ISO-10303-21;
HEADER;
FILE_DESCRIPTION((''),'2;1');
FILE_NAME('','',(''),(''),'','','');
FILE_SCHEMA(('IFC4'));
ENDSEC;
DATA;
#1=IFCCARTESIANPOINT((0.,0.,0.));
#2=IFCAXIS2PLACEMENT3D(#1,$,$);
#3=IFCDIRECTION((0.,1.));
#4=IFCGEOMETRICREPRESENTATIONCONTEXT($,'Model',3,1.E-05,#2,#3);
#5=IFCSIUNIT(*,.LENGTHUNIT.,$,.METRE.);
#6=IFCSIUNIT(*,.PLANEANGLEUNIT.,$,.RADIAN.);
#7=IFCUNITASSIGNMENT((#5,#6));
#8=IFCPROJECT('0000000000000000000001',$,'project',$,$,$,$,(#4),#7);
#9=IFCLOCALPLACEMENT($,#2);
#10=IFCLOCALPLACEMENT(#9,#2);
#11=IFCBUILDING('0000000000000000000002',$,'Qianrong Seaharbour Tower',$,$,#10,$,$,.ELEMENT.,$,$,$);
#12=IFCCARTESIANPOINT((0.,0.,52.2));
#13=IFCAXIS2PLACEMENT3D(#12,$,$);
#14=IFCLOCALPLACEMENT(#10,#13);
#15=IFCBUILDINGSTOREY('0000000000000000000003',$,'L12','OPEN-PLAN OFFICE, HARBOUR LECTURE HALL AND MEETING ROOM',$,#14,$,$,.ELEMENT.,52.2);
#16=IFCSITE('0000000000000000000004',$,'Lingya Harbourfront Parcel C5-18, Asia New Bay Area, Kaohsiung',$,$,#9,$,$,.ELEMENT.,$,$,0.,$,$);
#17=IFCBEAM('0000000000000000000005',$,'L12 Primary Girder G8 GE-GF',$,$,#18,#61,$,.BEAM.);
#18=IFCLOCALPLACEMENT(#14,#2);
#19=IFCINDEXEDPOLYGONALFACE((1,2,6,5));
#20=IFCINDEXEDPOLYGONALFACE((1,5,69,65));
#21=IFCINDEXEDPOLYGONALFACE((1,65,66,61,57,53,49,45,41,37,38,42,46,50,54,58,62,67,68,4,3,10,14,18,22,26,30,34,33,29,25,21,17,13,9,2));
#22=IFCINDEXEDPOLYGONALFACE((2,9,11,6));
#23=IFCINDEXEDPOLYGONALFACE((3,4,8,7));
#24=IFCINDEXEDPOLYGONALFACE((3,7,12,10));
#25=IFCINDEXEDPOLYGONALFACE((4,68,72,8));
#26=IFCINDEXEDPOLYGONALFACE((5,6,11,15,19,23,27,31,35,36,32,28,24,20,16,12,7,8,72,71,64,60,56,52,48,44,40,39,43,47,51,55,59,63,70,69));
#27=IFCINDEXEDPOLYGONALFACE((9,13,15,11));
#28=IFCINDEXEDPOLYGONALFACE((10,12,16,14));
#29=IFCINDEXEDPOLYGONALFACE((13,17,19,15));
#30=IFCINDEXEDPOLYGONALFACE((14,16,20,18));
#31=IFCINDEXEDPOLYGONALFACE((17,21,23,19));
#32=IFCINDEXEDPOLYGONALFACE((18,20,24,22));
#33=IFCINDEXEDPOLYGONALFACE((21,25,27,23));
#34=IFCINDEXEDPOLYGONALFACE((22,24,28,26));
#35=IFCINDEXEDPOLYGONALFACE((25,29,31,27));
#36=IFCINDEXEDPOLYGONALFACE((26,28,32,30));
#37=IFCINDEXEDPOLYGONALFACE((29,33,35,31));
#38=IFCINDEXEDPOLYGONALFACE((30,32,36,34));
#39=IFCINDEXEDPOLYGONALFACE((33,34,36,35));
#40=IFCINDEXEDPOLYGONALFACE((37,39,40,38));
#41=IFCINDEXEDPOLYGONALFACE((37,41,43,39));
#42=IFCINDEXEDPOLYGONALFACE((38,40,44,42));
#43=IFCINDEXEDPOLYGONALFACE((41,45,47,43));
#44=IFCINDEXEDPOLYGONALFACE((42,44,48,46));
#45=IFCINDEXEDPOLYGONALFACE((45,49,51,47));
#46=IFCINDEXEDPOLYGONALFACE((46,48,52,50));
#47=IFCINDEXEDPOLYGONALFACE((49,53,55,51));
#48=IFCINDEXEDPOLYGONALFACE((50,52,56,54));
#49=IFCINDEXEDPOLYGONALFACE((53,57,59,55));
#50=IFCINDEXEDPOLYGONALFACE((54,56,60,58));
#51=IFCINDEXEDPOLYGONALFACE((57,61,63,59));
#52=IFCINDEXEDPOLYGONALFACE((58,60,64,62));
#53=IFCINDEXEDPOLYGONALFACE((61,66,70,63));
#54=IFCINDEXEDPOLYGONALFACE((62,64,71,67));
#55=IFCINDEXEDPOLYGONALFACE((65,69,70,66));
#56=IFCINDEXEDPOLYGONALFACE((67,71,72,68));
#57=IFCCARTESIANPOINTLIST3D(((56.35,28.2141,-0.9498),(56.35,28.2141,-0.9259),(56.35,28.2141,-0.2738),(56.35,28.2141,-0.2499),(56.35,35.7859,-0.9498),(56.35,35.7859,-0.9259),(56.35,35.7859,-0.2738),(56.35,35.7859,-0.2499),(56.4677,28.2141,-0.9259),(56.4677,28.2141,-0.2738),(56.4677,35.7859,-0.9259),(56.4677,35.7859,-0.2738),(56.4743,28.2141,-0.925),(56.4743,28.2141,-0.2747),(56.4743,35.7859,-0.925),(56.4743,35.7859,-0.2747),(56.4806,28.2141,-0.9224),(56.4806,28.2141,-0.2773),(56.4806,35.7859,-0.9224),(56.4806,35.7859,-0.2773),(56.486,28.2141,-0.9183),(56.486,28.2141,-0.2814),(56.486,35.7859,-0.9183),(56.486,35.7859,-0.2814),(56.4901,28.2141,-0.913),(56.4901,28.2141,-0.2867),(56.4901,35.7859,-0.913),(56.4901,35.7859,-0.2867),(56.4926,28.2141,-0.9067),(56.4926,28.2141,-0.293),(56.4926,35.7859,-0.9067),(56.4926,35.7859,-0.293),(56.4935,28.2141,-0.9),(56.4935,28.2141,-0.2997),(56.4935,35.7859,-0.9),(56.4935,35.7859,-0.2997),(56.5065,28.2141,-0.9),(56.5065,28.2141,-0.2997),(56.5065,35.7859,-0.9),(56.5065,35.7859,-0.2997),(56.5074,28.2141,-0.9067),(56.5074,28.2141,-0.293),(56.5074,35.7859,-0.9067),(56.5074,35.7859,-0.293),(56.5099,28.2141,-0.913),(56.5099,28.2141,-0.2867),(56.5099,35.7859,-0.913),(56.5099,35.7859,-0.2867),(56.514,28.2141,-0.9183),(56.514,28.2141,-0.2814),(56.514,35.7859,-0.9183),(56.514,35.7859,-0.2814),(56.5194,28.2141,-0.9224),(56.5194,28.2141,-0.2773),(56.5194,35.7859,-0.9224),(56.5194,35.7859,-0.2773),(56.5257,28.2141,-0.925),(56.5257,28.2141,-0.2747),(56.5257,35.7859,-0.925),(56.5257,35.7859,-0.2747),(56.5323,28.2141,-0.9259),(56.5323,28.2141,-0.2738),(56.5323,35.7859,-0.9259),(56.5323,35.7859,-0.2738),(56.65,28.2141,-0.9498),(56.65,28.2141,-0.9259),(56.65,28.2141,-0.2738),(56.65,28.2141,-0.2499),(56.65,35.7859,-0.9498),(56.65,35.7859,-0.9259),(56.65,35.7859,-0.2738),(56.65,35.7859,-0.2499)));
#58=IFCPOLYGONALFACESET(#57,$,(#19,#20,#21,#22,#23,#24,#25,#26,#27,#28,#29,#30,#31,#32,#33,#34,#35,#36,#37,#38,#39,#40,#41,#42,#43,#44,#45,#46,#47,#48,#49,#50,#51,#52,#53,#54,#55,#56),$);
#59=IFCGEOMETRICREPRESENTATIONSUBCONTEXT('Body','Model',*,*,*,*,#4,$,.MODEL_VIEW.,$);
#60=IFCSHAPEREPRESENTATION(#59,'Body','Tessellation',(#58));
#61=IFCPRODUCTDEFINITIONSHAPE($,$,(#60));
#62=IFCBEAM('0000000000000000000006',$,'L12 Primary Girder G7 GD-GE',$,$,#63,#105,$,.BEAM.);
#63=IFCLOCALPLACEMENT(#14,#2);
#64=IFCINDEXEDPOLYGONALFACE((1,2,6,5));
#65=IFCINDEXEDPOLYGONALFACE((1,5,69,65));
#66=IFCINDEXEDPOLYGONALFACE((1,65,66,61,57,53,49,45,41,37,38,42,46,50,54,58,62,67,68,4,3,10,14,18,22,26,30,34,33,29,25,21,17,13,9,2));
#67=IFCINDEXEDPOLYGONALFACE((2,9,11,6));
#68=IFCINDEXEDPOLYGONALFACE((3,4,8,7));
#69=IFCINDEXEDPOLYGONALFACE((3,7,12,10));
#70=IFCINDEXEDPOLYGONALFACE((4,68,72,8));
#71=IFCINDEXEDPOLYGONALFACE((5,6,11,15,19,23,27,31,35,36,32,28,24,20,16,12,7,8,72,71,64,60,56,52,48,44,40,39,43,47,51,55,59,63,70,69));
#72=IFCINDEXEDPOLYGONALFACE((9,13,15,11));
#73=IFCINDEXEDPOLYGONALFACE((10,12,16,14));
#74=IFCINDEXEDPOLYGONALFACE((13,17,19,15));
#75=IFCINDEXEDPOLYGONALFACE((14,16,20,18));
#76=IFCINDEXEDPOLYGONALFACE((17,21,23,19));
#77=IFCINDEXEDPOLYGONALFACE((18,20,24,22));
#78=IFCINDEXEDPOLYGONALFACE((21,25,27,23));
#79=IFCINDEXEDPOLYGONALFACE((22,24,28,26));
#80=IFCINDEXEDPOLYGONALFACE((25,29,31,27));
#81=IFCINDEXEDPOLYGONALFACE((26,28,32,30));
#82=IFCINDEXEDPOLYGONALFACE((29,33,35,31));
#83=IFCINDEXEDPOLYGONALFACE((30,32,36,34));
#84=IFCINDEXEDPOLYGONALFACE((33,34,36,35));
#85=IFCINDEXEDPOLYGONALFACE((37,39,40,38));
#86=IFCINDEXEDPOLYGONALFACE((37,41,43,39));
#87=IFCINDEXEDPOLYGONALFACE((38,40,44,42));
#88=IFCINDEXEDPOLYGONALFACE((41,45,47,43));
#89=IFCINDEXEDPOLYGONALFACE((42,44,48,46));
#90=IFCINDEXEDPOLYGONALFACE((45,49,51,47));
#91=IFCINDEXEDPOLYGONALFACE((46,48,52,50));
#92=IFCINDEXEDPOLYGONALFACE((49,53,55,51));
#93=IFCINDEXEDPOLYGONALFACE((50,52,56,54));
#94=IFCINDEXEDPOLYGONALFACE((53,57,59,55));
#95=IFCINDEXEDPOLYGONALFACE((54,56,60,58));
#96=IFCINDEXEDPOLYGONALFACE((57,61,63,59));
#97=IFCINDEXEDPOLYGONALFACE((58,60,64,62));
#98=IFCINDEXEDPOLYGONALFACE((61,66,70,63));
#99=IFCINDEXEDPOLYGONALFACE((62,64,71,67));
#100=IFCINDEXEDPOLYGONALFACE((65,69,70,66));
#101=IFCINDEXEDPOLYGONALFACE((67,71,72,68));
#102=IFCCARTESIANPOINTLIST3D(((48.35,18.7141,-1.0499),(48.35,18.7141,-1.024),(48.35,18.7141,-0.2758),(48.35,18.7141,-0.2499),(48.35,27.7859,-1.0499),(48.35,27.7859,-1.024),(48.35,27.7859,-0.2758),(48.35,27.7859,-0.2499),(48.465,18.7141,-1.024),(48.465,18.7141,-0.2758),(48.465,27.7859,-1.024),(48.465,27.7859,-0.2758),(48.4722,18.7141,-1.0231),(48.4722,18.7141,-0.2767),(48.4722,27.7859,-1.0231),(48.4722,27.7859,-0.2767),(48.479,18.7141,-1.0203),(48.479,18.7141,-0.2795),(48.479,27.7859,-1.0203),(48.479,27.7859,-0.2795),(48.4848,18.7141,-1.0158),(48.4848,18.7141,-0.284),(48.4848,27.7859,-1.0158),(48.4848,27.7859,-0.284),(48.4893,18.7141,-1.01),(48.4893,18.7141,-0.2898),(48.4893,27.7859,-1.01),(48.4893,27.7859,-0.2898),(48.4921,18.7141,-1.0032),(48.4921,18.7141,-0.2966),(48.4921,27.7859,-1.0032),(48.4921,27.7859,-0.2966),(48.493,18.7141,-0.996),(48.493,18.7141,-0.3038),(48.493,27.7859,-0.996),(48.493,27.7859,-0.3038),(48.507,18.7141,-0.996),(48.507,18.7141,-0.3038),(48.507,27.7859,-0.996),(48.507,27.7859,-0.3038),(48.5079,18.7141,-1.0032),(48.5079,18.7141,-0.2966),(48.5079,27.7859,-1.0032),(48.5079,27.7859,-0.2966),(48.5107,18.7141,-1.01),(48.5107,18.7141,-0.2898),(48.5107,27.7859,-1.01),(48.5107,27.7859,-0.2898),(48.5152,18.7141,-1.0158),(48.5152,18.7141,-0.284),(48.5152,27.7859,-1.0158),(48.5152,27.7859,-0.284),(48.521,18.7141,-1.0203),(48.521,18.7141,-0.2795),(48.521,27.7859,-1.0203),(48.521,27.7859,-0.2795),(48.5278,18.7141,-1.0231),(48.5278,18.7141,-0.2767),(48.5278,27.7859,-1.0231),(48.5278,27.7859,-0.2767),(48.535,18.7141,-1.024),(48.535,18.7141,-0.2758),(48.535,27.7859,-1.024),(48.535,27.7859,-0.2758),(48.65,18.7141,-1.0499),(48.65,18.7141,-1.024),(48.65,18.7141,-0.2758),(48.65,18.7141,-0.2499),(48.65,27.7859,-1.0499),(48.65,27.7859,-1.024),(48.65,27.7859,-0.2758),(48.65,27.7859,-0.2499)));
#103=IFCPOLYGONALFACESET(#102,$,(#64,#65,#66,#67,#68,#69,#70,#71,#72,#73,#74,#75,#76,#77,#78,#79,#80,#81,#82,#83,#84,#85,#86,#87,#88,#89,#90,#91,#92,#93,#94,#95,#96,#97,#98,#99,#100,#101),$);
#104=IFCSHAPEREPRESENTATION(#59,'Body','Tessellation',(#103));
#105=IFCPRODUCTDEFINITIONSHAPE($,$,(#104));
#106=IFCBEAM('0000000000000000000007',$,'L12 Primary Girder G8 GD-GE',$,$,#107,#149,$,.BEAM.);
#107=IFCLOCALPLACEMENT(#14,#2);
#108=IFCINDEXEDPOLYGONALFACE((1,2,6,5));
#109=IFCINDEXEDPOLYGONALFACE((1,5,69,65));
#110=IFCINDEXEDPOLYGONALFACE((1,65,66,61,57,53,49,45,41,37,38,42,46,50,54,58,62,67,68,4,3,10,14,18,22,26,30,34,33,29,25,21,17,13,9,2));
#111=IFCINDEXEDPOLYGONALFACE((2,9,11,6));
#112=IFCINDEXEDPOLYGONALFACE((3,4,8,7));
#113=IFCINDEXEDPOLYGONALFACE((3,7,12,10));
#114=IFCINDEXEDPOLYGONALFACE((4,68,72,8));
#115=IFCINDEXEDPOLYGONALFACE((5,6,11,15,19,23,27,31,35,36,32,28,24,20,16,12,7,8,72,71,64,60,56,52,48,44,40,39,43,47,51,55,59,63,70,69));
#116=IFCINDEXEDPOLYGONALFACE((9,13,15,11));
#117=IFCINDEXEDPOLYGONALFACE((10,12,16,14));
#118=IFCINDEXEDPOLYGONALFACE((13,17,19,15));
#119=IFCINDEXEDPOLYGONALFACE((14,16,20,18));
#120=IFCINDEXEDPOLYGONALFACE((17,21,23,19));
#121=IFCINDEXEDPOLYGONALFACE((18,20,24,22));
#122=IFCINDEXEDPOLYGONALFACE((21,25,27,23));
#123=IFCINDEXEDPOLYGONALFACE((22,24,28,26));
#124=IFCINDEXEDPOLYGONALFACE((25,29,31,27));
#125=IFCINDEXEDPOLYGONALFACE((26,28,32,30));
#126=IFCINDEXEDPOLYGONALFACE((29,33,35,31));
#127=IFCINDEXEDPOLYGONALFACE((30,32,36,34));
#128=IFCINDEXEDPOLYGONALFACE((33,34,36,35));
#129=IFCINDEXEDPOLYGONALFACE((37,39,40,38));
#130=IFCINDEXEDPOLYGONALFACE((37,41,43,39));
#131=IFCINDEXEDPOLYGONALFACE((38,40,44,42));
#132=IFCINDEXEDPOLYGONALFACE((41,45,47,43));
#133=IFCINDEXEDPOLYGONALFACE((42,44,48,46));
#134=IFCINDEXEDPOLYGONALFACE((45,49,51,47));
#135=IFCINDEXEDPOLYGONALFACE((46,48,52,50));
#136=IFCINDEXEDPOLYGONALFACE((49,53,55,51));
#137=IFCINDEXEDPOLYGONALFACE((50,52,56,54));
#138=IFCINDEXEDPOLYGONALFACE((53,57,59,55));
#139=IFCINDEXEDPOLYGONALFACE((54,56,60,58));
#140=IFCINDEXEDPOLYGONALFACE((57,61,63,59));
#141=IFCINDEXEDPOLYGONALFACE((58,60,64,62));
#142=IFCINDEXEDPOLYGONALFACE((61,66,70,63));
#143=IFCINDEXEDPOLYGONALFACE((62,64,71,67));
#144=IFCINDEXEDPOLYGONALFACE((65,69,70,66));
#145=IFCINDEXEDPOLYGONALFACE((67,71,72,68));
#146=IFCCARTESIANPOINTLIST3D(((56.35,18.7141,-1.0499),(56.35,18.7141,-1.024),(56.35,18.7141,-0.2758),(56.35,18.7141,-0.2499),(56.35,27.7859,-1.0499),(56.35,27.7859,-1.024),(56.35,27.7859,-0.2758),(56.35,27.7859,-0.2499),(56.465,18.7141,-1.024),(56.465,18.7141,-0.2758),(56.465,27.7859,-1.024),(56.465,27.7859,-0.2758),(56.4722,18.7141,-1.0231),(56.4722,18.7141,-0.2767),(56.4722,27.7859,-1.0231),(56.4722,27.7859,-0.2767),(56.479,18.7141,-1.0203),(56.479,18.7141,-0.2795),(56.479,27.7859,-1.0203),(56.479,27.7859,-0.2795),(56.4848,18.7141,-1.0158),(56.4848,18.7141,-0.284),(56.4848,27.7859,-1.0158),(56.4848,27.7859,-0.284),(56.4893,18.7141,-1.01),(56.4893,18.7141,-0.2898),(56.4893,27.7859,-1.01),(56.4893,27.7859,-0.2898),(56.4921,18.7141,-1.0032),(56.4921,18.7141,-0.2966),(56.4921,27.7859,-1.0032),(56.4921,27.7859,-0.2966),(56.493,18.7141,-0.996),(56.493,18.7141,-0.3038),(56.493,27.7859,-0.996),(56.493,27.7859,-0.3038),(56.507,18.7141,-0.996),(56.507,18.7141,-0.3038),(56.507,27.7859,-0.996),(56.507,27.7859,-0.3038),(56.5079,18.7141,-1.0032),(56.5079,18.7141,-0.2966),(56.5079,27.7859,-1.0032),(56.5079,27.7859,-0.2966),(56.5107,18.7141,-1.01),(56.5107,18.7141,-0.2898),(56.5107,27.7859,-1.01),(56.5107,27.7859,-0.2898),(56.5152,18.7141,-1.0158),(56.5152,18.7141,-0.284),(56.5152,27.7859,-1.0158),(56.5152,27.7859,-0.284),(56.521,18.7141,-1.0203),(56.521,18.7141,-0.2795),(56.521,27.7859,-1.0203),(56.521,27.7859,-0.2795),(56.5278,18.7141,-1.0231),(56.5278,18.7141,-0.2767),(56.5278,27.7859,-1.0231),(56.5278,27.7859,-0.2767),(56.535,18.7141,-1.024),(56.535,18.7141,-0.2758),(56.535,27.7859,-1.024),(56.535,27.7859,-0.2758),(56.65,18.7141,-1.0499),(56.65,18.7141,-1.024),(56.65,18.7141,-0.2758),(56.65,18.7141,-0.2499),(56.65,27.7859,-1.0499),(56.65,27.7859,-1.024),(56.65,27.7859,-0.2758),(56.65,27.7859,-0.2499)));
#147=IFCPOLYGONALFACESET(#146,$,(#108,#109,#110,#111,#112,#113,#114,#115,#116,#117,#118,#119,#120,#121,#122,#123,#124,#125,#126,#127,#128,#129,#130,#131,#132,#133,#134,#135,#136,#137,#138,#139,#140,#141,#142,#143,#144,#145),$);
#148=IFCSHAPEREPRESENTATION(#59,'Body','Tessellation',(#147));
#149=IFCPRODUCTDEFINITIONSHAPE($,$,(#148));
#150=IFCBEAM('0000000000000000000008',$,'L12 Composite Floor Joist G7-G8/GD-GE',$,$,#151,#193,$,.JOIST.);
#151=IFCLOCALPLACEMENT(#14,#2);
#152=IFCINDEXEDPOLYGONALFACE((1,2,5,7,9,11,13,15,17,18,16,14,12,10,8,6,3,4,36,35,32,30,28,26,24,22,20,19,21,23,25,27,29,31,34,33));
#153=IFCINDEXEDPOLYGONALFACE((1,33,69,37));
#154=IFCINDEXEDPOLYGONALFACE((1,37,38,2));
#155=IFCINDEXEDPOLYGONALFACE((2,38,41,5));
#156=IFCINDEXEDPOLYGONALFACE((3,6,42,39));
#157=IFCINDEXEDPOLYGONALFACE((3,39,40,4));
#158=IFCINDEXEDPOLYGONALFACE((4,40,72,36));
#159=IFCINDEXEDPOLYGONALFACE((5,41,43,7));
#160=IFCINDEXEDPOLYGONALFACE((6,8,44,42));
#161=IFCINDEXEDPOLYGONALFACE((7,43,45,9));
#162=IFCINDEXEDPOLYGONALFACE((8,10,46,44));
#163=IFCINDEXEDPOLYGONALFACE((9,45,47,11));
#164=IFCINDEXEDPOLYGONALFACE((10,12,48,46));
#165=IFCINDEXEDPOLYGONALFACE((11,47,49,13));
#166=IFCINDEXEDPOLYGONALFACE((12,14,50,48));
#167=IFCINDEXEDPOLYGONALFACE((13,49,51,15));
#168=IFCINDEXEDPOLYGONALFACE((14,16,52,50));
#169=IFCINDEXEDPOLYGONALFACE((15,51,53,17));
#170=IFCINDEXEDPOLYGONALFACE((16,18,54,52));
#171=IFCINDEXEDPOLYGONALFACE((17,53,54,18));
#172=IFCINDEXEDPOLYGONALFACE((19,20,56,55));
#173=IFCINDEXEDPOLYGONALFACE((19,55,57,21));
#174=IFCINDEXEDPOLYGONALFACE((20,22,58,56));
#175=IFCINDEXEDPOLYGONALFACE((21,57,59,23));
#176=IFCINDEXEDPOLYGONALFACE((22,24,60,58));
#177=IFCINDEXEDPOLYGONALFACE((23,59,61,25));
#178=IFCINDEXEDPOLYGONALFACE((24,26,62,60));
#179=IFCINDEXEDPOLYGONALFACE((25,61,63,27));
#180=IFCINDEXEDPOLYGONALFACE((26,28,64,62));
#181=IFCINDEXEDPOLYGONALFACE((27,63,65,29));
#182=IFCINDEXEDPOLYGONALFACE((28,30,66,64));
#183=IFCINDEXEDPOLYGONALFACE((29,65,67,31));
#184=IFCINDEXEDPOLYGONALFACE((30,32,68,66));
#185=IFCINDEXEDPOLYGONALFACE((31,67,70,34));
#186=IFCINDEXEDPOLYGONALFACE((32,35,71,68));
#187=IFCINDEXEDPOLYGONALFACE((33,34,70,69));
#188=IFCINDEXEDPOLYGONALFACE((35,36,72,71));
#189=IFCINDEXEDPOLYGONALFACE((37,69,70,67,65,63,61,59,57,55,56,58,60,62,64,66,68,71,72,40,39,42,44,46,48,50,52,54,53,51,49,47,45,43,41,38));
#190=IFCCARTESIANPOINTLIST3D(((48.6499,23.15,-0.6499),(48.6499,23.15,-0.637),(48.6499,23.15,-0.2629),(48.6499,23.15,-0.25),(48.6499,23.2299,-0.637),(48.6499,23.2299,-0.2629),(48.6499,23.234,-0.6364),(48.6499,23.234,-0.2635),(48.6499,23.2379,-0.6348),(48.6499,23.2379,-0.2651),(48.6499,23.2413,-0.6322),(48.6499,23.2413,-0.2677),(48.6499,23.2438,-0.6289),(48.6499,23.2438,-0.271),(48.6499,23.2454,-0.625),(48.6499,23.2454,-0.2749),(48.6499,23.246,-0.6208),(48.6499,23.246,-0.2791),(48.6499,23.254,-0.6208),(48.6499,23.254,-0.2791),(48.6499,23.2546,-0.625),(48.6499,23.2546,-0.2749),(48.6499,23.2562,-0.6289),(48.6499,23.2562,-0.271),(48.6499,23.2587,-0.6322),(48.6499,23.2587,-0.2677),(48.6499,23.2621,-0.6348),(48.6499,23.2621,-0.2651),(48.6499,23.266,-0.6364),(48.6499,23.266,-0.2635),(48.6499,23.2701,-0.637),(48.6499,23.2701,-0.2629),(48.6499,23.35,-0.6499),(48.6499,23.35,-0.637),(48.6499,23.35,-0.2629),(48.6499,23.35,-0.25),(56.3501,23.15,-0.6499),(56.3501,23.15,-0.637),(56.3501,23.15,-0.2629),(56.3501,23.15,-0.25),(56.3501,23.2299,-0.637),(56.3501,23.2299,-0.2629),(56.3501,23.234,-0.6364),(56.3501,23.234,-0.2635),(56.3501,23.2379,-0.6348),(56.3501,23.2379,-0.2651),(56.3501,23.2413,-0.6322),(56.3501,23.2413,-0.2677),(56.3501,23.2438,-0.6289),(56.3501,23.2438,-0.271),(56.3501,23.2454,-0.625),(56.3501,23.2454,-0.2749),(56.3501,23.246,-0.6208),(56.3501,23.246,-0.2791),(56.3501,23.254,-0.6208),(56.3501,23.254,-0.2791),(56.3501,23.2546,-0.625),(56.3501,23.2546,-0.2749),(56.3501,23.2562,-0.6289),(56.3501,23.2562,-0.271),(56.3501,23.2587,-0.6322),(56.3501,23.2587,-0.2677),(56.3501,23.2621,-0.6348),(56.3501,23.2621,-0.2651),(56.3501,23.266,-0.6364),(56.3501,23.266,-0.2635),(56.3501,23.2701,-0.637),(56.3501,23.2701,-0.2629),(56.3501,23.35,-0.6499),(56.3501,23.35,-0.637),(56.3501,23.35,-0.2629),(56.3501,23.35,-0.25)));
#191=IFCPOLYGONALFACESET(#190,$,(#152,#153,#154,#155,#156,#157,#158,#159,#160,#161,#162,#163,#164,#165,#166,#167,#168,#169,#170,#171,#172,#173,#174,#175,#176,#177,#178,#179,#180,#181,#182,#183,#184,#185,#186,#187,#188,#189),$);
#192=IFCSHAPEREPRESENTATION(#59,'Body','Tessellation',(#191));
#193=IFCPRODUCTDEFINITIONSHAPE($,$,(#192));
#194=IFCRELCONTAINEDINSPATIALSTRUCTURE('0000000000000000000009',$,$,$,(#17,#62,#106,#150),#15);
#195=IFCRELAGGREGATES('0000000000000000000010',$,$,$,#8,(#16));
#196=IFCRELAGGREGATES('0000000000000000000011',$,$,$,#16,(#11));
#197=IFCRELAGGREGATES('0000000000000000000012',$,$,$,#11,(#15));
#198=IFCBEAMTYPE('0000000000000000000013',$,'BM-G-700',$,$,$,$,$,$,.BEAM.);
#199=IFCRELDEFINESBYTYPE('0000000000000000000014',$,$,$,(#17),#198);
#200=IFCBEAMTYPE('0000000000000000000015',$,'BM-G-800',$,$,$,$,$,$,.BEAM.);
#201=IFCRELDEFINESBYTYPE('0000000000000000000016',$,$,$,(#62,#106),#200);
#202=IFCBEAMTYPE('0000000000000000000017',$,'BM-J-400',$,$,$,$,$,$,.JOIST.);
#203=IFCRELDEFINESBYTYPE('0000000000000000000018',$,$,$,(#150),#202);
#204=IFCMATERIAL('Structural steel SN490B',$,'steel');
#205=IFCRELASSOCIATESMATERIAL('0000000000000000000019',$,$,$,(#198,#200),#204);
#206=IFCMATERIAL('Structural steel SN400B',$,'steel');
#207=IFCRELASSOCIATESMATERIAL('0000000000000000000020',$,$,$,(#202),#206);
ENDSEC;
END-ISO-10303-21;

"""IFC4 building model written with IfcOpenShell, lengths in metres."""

from ifc_helpers import new_model, si_unit, direction, frame, origin, origin_2d, place, context, subcontext, project, spatial, i_section, extrude, material, material_profile, profile_set, type_object, element, save


model = new_model("IFC4")

# Units and contexts
model_context = context("Model", 3, precision=1e-05, world=origin(), true_north=direction((0.0, 1.0)))
body_context = subcontext(model_context, "Body", "Model", "MODEL_VIEW")
ifc_project = project(units=[si_unit("LENGTHUNIT", "METRE"), si_unit("PLANEANGLEUNIT", "RADIAN")], contexts=[model_context])

# Site, building, storey
site_placement = place(None, origin())
site = spatial("IfcSite", under=ifc_project, at=site_placement, Name="Lingya Harbourfront Parcel C5-18, Asia New Bay Area, Kaohsiung", CompositionType="ELEMENT", RefElevation=0.0)
building_placement = place(site_placement, origin())
building = spatial("IfcBuilding", under=site, at=building_placement, Name="Qianrong Seaharbour Tower", CompositionType="ELEMENT")
storey_placement = place(building_placement, frame((0.0, 0.0, 52.2)))
storey = spatial("IfcBuildingStorey", under=building, at=storey_placement, Name="L12", Description="OPEN-PLAN OFFICE, HARBOUR LECTURE HALL AND MEETING ROOM", CompositionType="ELEMENT", Elevation=52.2)

# Shared definitions
ifc_material_1 = material(Name="Structural steel SN490B", Category="steel")

# Beams
ifc_material_profile_1 = material_profile(ifc_material_1, i_section(OverallWidth=0.3, OverallDepth=0.7, WebThickness=0.0129, FlangeThickness=0.0239, FilletRadius=0.0259, at=origin_2d()), Name="H700x300x13x24")
ifc_profile_set_1 = profile_set([ifc_material_profile_1], Name="Structural steel SN490B")
beam_type_1 = type_object("IfcBeamType", Name="BM-G-700", PredefinedType="BEAM", material=ifc_profile_set_1)
for number, where, z_axis, x_axis, name in (
    (1, (56.5, 28.2141, -0.5999), (0.0, 1.0, 0.0), (-1.0, 0.0, 0.0), "L12 Primary Girder G8 GE-GF"),
):
    element("IfcBeam", number, at=place(storey_placement, frame(where, z_axis=z_axis, x_axis=x_axis)), inside=storey, type_object=beam_type_1, Name=name, PredefinedType="BEAM", context=body_context, shape_type="SweptSolid", body=[
        extrude(i_section(OverallWidth=0.3, OverallDepth=0.7, WebThickness=0.0129, FlangeThickness=0.0239, FilletRadius=0.0259, at=origin_2d()), origin(), (0.0, 0.0, 1.0), 7.5718),
    ])
ifc_material_profile_2 = material_profile(ifc_material_1, i_section(OverallWidth=0.3, OverallDepth=0.8, WebThickness=0.0139, FlangeThickness=0.0259, FilletRadius=0.0281, at=origin_2d()), Name="H800x300x14x26")
ifc_profile_set_2 = profile_set([ifc_material_profile_2], Name="Structural steel SN490B")
beam_type_2 = type_object("IfcBeamType", Name="BM-G-800", PredefinedType="BEAM", material=ifc_profile_set_2)
for number, where, z_axis, x_axis, name in (
    (2, (48.5, 18.7141, -0.6499), (0.0, 1.0, 0.0), (-1.0, 0.0, 0.0), "L12 Primary Girder G7 GD-GE"),
    (3, (56.5, 18.7141, -0.6499), (0.0, 1.0, 0.0), (-1.0, 0.0, 0.0), "L12 Primary Girder G8 GD-GE"),
):
    element("IfcBeam", number, at=place(storey_placement, frame(where, z_axis=z_axis, x_axis=x_axis)), inside=storey, type_object=beam_type_2, Name=name, PredefinedType="BEAM", context=body_context, shape_type="SweptSolid", body=[
        extrude(i_section(OverallWidth=0.3, OverallDepth=0.8, WebThickness=0.0139, FlangeThickness=0.0259, FilletRadius=0.0281, at=origin_2d()), origin(), (0.0, 0.0, 1.0), 9.0718),
    ])
ifc_material_2 = material(Name="Structural steel SN400B", Category="steel")
ifc_material_profile_3 = material_profile(ifc_material_2, i_section(OverallWidth=0.2, OverallDepth=0.3999, WebThickness=0.0081, FlangeThickness=0.0129, FilletRadius=0.0161, at=origin_2d()), Name="H400x200x8x13")
ifc_profile_set_3 = profile_set([ifc_material_profile_3], Name="Structural steel SN400B")
beam_type_3 = type_object("IfcBeamType", Name="BM-J-400", PredefinedType="JOIST", material=ifc_profile_set_3)
for number, where, z_axis, x_axis, name in (
    (4, (48.6499, 23.25, -0.45), (1.0, 0.0, 0.0), (0.0, 1.0, 0.0), "L12 Composite Floor Joist G7-G8/GD-GE"),
):
    element("IfcBeam", number, at=place(storey_placement, frame(where, z_axis=z_axis, x_axis=x_axis)), inside=storey, type_object=beam_type_3, Name=name, PredefinedType="JOIST", context=body_context, shape_type="SweptSolid", body=[
        extrude(i_section(OverallWidth=0.2, OverallDepth=0.3999, WebThickness=0.0081, FlangeThickness=0.0129, FilletRadius=0.0161, at=origin_2d()), origin(), (0.0, 0.0, 1.0), 7.7002),
    ])

save(model, "model.ifc")
